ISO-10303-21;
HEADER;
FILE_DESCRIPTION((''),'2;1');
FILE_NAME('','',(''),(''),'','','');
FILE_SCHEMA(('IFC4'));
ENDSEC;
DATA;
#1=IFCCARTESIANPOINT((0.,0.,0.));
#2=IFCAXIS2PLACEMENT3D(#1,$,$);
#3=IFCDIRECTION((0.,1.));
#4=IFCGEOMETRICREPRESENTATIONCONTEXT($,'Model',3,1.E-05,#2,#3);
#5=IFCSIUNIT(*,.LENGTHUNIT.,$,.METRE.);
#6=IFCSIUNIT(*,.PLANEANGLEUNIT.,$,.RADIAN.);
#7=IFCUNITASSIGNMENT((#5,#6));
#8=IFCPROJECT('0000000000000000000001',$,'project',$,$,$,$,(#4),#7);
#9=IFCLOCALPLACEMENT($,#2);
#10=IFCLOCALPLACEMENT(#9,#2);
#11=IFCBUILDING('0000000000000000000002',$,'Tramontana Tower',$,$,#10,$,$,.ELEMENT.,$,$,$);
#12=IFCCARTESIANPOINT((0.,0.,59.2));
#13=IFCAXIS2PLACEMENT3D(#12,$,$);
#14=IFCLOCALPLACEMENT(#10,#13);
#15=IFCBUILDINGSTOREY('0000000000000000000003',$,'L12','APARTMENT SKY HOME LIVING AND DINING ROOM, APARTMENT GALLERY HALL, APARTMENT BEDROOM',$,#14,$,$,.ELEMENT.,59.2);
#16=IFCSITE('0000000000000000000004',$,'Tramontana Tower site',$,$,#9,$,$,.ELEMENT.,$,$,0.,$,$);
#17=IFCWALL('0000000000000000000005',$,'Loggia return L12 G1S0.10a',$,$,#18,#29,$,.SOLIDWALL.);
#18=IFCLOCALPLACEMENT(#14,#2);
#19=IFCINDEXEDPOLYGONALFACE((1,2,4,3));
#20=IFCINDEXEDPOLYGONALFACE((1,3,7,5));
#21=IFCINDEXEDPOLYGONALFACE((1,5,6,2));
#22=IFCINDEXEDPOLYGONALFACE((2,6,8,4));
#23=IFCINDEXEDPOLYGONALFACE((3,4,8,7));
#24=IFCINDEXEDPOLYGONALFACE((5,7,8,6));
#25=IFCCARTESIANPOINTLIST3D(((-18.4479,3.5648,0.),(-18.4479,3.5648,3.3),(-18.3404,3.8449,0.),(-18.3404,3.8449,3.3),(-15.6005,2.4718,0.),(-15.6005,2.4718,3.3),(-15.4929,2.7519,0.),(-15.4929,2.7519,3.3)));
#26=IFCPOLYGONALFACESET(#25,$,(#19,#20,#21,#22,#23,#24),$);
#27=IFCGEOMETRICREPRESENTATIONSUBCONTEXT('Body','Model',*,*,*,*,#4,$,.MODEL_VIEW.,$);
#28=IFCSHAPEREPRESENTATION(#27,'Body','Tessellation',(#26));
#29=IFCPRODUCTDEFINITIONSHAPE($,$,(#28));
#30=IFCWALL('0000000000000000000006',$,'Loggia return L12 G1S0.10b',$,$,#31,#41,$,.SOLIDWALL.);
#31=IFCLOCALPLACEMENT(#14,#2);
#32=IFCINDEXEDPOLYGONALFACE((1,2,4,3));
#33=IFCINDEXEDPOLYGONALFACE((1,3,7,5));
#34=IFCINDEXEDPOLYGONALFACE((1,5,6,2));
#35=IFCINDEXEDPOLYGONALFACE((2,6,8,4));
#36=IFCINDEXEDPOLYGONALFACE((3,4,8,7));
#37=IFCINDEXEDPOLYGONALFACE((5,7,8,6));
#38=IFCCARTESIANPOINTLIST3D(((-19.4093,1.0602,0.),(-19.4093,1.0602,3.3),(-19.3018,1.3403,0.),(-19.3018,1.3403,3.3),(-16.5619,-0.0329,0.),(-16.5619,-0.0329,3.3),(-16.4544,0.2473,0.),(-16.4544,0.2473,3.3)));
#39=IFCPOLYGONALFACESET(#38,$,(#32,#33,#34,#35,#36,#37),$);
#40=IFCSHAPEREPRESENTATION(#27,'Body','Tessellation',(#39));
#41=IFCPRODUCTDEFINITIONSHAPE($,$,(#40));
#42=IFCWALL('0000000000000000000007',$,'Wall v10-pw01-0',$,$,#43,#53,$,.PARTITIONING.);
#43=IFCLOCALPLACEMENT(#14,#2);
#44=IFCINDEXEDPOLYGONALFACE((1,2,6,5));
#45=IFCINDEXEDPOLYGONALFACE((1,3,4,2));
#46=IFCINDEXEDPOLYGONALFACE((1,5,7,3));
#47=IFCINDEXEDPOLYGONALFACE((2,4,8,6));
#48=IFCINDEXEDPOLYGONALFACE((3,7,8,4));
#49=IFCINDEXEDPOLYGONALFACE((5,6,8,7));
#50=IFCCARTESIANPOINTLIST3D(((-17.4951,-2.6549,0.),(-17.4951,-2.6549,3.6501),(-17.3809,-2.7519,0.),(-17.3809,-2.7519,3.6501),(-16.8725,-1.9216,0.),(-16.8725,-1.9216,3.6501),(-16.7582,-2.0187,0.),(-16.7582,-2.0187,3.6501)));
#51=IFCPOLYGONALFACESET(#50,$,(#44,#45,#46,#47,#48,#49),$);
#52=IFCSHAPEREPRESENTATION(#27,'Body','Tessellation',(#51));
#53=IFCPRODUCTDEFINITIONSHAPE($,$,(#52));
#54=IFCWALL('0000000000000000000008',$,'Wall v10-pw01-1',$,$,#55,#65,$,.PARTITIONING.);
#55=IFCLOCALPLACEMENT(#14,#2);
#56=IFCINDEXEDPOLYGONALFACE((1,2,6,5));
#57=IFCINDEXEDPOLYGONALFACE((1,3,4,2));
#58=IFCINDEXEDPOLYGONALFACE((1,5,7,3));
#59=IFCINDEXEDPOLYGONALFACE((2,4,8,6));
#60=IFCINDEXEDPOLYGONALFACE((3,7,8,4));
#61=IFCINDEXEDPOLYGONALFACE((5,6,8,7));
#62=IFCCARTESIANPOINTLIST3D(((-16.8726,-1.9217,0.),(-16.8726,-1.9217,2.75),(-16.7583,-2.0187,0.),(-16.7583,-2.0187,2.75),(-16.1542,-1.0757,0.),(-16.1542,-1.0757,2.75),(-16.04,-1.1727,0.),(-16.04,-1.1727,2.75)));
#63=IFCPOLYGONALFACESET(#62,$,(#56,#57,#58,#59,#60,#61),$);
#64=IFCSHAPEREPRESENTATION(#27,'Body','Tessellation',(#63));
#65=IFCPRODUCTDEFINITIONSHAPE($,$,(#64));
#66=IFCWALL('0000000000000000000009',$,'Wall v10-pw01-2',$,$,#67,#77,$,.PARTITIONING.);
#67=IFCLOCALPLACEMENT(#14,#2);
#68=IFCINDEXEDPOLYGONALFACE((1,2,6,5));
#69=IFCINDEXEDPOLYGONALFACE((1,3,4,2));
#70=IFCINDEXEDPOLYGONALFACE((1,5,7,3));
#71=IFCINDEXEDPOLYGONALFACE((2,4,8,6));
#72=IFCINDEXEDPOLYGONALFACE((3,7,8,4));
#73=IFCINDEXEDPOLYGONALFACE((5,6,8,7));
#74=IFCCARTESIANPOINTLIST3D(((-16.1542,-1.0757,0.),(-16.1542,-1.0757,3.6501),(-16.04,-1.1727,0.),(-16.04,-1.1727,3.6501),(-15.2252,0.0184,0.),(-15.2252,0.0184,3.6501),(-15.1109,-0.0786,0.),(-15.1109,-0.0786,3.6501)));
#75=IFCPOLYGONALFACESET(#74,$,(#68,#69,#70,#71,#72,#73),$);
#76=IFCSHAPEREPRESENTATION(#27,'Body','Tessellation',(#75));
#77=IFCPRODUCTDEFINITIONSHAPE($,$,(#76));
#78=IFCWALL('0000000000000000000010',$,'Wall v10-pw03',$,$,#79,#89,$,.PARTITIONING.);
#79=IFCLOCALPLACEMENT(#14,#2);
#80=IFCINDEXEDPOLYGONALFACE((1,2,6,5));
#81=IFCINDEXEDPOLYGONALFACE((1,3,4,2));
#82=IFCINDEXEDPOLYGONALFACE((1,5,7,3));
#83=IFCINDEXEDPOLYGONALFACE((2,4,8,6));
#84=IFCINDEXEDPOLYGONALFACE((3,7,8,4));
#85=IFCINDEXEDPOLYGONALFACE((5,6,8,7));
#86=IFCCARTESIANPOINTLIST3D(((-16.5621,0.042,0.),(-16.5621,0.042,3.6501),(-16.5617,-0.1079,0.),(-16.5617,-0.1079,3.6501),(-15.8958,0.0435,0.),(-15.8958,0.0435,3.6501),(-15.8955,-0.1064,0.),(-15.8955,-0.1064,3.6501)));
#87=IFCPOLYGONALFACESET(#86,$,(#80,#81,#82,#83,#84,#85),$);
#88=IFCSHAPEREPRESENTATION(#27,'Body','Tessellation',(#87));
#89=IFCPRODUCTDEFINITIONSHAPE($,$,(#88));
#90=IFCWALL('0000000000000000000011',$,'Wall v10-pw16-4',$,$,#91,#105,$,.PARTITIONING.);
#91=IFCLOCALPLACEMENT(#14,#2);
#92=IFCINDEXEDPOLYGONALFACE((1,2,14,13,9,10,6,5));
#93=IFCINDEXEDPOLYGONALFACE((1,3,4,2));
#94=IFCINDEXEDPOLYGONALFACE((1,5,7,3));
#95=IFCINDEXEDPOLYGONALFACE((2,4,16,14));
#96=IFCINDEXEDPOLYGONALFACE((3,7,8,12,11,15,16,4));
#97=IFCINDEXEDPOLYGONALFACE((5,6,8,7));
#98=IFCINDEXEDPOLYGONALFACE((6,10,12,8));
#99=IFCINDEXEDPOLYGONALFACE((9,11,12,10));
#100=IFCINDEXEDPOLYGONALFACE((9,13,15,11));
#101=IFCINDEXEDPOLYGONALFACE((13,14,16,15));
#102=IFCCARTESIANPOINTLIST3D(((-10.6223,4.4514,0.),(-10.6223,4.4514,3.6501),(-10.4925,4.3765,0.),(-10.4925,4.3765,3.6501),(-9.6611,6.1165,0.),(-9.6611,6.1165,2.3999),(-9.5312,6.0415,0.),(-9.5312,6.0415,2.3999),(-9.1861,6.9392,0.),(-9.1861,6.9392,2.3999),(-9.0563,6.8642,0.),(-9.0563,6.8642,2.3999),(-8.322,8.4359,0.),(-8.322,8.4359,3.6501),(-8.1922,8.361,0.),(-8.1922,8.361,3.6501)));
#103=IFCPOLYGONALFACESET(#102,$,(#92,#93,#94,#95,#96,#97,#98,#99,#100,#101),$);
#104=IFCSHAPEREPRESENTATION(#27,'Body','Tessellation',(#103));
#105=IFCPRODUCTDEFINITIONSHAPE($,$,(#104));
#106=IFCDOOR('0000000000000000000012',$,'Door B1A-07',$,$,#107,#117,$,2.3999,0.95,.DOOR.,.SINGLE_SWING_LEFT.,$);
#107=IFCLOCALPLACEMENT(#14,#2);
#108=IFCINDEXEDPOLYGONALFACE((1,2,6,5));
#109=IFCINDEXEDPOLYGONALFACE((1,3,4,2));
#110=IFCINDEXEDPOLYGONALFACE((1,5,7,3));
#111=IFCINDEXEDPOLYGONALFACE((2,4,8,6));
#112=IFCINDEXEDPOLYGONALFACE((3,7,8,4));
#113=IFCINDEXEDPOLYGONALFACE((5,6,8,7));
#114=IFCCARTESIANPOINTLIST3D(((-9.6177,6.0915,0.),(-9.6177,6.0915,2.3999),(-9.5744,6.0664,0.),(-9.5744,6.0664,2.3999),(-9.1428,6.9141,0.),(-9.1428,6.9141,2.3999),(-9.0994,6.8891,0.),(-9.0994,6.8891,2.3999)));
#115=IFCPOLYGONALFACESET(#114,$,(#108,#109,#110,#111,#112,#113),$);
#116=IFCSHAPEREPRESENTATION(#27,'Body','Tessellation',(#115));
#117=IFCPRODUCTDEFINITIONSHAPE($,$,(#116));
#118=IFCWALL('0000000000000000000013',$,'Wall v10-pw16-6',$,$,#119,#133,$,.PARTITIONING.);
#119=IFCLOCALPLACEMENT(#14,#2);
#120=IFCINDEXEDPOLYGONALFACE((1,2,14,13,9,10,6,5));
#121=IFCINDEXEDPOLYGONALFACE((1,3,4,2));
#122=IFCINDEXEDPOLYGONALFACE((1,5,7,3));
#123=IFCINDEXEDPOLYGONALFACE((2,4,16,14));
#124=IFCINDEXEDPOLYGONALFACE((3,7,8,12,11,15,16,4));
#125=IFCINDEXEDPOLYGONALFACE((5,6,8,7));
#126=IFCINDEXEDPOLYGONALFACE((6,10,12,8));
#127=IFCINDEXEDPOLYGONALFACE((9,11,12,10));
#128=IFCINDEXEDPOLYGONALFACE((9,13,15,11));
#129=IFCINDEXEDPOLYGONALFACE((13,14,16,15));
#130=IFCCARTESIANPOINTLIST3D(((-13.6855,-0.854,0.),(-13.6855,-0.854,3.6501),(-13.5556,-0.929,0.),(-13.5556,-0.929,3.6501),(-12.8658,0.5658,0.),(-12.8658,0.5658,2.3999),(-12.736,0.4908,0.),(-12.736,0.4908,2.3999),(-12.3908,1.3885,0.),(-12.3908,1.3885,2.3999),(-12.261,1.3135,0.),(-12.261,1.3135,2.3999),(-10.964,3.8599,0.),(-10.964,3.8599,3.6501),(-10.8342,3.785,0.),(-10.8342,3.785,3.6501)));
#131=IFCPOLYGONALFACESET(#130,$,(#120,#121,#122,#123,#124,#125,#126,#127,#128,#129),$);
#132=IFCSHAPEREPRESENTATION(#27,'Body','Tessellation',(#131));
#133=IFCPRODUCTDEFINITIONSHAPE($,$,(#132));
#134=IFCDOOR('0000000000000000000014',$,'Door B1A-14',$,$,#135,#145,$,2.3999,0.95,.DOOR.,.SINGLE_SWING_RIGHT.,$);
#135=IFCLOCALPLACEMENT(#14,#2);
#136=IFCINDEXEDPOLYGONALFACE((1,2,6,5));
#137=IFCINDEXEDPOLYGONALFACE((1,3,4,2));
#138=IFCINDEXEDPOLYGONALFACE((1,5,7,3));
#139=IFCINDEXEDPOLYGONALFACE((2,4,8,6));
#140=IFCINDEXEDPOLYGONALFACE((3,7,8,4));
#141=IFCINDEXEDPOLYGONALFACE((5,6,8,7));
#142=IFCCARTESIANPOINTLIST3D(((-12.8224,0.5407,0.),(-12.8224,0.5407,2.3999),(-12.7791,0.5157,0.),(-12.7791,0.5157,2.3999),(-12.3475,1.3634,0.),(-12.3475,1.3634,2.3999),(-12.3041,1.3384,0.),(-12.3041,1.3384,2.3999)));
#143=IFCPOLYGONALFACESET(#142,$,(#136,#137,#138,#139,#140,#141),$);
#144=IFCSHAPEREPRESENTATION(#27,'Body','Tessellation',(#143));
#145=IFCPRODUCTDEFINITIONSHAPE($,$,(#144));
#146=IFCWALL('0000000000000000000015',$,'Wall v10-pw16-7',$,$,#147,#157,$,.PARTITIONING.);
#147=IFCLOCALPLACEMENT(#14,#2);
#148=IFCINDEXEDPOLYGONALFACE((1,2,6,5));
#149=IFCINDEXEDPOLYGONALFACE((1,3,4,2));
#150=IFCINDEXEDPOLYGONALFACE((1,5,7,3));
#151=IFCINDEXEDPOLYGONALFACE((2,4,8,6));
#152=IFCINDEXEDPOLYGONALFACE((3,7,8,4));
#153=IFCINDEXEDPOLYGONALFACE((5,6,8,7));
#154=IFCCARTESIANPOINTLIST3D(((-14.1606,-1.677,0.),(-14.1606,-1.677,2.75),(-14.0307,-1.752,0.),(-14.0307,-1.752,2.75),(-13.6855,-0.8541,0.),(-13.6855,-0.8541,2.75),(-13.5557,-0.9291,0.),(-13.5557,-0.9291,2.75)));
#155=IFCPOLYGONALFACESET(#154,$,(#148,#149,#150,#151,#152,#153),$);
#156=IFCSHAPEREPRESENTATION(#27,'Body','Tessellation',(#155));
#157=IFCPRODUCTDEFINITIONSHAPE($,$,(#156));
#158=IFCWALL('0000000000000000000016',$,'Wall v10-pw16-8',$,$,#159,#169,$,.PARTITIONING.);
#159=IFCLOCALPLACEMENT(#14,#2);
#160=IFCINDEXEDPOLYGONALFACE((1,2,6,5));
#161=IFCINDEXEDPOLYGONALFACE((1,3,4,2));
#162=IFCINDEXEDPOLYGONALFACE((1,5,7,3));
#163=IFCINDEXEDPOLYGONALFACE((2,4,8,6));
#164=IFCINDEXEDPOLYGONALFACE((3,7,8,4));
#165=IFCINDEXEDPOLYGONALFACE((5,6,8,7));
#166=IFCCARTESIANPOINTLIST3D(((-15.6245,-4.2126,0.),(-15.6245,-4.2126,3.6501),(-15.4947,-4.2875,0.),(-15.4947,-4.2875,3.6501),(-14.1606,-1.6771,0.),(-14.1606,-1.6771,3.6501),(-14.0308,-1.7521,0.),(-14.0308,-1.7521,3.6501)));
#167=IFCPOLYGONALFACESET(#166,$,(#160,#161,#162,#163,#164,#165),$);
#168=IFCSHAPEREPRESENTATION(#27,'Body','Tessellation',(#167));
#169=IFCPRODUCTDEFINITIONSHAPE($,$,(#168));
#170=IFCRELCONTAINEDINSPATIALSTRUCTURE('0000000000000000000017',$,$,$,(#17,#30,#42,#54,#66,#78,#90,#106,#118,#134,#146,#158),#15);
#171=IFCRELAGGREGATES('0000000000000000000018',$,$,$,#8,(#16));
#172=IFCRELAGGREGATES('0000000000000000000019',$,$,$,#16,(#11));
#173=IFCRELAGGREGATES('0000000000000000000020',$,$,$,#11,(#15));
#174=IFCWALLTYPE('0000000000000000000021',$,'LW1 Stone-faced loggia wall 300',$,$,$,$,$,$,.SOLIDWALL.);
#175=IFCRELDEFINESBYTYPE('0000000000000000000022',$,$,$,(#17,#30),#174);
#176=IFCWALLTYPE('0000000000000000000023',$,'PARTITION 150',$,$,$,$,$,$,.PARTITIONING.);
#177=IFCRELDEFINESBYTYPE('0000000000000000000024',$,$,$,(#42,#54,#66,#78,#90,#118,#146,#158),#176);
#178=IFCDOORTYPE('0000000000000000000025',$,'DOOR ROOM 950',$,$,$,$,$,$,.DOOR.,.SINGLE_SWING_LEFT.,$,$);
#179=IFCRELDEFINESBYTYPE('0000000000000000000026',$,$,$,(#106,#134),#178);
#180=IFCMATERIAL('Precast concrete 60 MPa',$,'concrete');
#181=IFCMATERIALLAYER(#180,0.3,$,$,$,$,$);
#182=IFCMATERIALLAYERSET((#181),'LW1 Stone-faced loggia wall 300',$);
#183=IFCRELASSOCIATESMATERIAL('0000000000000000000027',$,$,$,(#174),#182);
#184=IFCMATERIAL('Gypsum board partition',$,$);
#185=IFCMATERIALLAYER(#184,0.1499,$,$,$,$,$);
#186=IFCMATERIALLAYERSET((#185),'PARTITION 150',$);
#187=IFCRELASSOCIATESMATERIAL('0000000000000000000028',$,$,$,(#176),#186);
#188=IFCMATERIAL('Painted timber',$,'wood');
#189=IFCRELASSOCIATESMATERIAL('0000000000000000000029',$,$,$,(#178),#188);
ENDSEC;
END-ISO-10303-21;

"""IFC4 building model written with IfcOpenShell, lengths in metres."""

from ifc_helpers import new_model, si_unit, direction, frame, frame_2d, origin, place, context, subcontext, project, spatial, rectangle, extrude, material, layer, layer_set, type_object, element, fill, save


model = new_model("IFC4")

# Units and contexts
model_context = context("Model", 3, precision=1e-05, world=origin(), true_north=direction((0.0, 1.0)))
body_context = subcontext(model_context, "Body", "Model", "MODEL_VIEW")
ifc_project = project(units=[si_unit("LENGTHUNIT", "METRE"), si_unit("PLANEANGLEUNIT", "RADIAN")], contexts=[model_context])

# Site, building, storey
site_placement = place(None, origin())
site = spatial("IfcSite", under=ifc_project, at=site_placement, Name="Tramontana Tower site", CompositionType="ELEMENT", RefElevation=0.0)
building_placement = place(site_placement, origin())
building = spatial("IfcBuilding", under=site, at=building_placement, Name="Tramontana Tower", CompositionType="ELEMENT")
storey_placement = place(building_placement, frame((0.0, 0.0, 59.2)))
storey = spatial("IfcBuildingStorey", under=building, at=storey_placement, Name="L12", Description="APARTMENT SKY HOME LIVING AND DINING ROOM, APARTMENT GALLERY HALL, APARTMENT BEDROOM", CompositionType="ELEMENT", Elevation=59.2)

# Shared definitions
ifc_material_1 = material(Name="Precast concrete 60 MPa", Category="concrete")
ifc_layer_1 = layer(ifc_material_1, 0.3)
ifc_layer_set_1 = layer_set([ifc_layer_1], Name="LW1 Stone-faced loggia wall 300")
wall_type_1 = type_object("IfcWallType", Name="LW1 Stone-faced loggia wall 300", PredefinedType="SOLIDWALL", material=ifc_layer_set_1)

# Walls
for number, where, z_axis, x_axis, name in (
    (1, (-18.394, 3.7048, 0.0), (0.0, 0.0, 1.0), (0.933581, -0.358368, 0.0), "Loggia return L12 G1S0.10a"),
    (2, (-19.3555, 1.2002, 0.0), (0.0, 0.0, 1.0), (0.933581, -0.358368, 0.0), "Loggia return L12 G1S0.10b"),
):
    element("IfcWall", number, at=place(storey_placement, frame(where, z_axis=z_axis, x_axis=x_axis)), inside=storey, type_object=wall_type_1, Name=name, PredefinedType="SOLIDWALL", context=body_context, shape_type="SweptSolid", body=[
        extrude(rectangle(XDim=3.05, YDim=0.3, at=frame_2d((1.5249, 0.0))), origin(), (0.0, 0.0, 1.0), 3.3),
    ])
ifc_material_2 = material(Name="Gypsum board partition")
ifc_layer_2 = layer(ifc_material_2, 0.1499)
ifc_layer_set_2 = layer_set([ifc_layer_2], Name="PARTITION 150")
wall_type_2 = type_object("IfcWallType", Name="PARTITION 150", PredefinedType="PARTITIONING", material=ifc_layer_set_2)
wall_1_placement = place(storey_placement, frame((-17.438, -2.7034, 0.0), z_axis=(0.0, 0.0, 1.0), x_axis=(0.647273, 0.762259, 0.0)))
element("IfcWall", 3, at=wall_1_placement, inside=storey, type_object=wall_type_2, Name="Wall v10-pw01-0", PredefinedType="PARTITIONING", context=body_context, shape_type="SweptSolid", body=[
    extrude(rectangle(XDim=0.9619, YDim=0.1499, at=frame_2d((0.481, 0.0))), origin(), (0.0, 0.0, 1.0), 3.6501),
])
wall_2_placement = place(storey_placement, frame((-16.8154, -1.9702, 0.0), z_axis=(0.0, 0.0, 1.0), x_axis=(0.647233, 0.762292, 0.0)))
element("IfcWall", 4, at=wall_2_placement, inside=storey, type_object=wall_type_2, Name="Wall v10-pw01-1", PredefinedType="PARTITIONING", context=body_context, shape_type="SweptSolid", body=[
    extrude(rectangle(XDim=1.1099, YDim=0.1499, at=frame_2d((0.5549, 0.0))), origin(), (0.0, 0.0, 1.0), 2.75),
])
wall_3_placement = place(storey_placement, frame((-16.0972, -1.1243, 0.0), z_axis=(0.0, 0.0, 1.0), x_axis=(0.647268, 0.762262, 0.0)))
element("IfcWall", 5, at=wall_3_placement, inside=storey, type_object=wall_type_2, Name="Wall v10-pw01-2", PredefinedType="PARTITIONING", context=body_context, shape_type="SweptSolid", body=[
    extrude(rectangle(XDim=1.4353, YDim=0.1499, at=frame_2d((0.7178, 0.0))), origin(), (0.0, 0.0, 1.0), 3.6501),
])

# Wall
wall_4_placement = place(storey_placement, frame((-16.5618, -0.033, 0.0), z_axis=(0.0, 0.0, 1.0), x_axis=(0.999998, 0.002199, 0.0)))
element("IfcWall", 6, at=wall_4_placement, inside=storey, type_object=wall_type_2, Name="Wall v10-pw03", PredefinedType="PARTITIONING", context=body_context, shape_type="SweptSolid", body=[
    extrude(rectangle(XDim=0.6663, YDim=0.1499, at=frame_2d((0.333, 0.0))), origin(), (0.0, 0.0, 1.0), 3.6501),
])

# Walls, openings, doors
wall_5_placement = place(storey_placement, frame((-10.5574, 4.4141, 0.0), z_axis=(0.0, 0.0, 1.0), x_axis=(0.499986, 0.866034, 0.0)))
wall_5 = element("IfcWall", 7, at=wall_5_placement, inside=storey, type_object=wall_type_2, Name="Wall v10-pw16-4", PredefinedType="PARTITIONING", context=body_context, shape_type="SweptSolid", body=[
    extrude(rectangle(XDim=4.6008, YDim=0.1499, at=frame_2d((2.3003, 0.0))), origin(), (0.0, 0.0, 1.0), 3.6501),
])
opening_1_placement = place(wall_5_placement, frame((1.9224, 0.0, 0.0)))
opening_1 = element("IfcOpeningElement", 8, at=opening_1_placement, cuts=wall_5, PredefinedType="OPENING", context=body_context, shape_type="SweptSolid", body=[
    extrude(rectangle(XDim=0.95, YDim=2.3999, at=frame_2d((0.4751, 1.2))), frame((0.0, 0.085, 0.0), z_axis=(0.0, -1.0, 0.0), x_axis=(1.0, 0.0, 0.0)), (0.0, 0.0, 1.0), 0.1699),
])
ifc_material_3 = material(Name="Painted timber", Category="wood")
door_type_1 = type_object("IfcDoorType", Name="DOOR ROOM 950", OperationType="SINGLE_SWING_LEFT", PredefinedType="DOOR", material=ifc_material_3)
door_1_placement = place(opening_1_placement, origin())
door_1 = element("IfcDoor", 9, at=door_1_placement, inside=storey, type_object=door_type_1, Name="Door B1A-07", OperationType="SINGLE_SWING_LEFT", OverallHeight=2.3999, OverallWidth=0.95, PredefinedType="DOOR", context=body_context, shape_type="SweptSolid", body=[
    extrude(rectangle(XDim=0.95, YDim=2.3999, at=frame_2d((0.4751, 1.2))), frame((0.0, 0.0249, 0.0), z_axis=(0.0, -1.0, 0.0), x_axis=(1.0, 0.0, 0.0)), (0.0, 0.0, 1.0), 0.05),
])
fill(opening_1, door_1)
wall_6_placement = place(storey_placement, frame((-13.6206, -0.8916, 0.0), z_axis=(0.0, 0.0, 1.0), x_axis=(0.499984, 0.866035, 0.0)))
wall_6 = element("IfcWall", 10, at=wall_6_placement, inside=storey, type_object=wall_type_2, Name="Wall v10-pw16-6", PredefinedType="PARTITIONING", context=body_context, shape_type="SweptSolid", body=[
    extrude(rectangle(XDim=5.4431, YDim=0.1499, at=frame_2d((2.7217, 0.0))), origin(), (0.0, 0.0, 1.0), 3.6501),
])
opening_2_placement = place(wall_6_placement, frame((1.6394, 0.0, 0.0)))
opening_2 = element("IfcOpeningElement", 11, at=opening_2_placement, cuts=wall_6, PredefinedType="OPENING", context=body_context, shape_type="SweptSolid", body=[
    extrude(rectangle(XDim=0.95, YDim=2.3999, at=frame_2d((0.4751, 1.2))), frame((0.0, 0.085, 0.0), z_axis=(0.0, -1.0, 0.0), x_axis=(1.0, 0.0, 0.0)), (0.0, 0.0, 1.0), 0.1699),
])
door_2_placement = place(opening_2_placement, origin())
door_2 = element("IfcDoor", 12, at=door_2_placement, inside=storey, type_object=door_type_1, Name="Door B1A-14", OperationType="SINGLE_SWING_RIGHT", OverallHeight=2.3999, OverallWidth=0.95, PredefinedType="DOOR", context=body_context, shape_type="SweptSolid", body=[
    extrude(rectangle(XDim=0.95, YDim=2.3999, at=frame_2d((0.4751, 1.2))), frame((0.0, 0.0249, 0.0), z_axis=(0.0, -1.0, 0.0), x_axis=(1.0, 0.0, 0.0)), (0.0, 0.0, 1.0), 0.05),
])
fill(opening_2, door_2)

# Walls
wall_7_placement = place(storey_placement, frame((-13.6206, -0.8916, 0.0), z_axis=(0.0, 0.0, 1.0), x_axis=(-0.499952, -0.866053, 0.0)))
element("IfcWall", 13, at=wall_7_placement, inside=storey, type_object=wall_type_2, Name="Wall v10-pw16-7", PredefinedType="PARTITIONING", context=body_context, shape_type="SweptSolid", body=[
    extrude(rectangle(XDim=0.9502, YDim=0.1499, at=frame_2d((0.4751, 0.0))), origin(), (0.0, 0.0, 1.0), 2.75),
])
wall_8_placement = place(storey_placement, frame((-14.0957, -1.7146, 0.0), z_axis=(0.0, 0.0, 1.0), x_axis=(-0.500014, -0.866018, 0.0)))
element("IfcWall", 14, at=wall_8_placement, inside=storey, type_object=wall_type_2, Name="Wall v10-pw16-8", PredefinedType="PARTITIONING", context=body_context, shape_type="SweptSolid", body=[
    extrude(rectangle(XDim=2.9277, YDim=0.1499, at=frame_2d((1.4639, 0.0))), origin(), (0.0, 0.0, 1.0), 3.6501),
])

save(model, "model.ifc")
